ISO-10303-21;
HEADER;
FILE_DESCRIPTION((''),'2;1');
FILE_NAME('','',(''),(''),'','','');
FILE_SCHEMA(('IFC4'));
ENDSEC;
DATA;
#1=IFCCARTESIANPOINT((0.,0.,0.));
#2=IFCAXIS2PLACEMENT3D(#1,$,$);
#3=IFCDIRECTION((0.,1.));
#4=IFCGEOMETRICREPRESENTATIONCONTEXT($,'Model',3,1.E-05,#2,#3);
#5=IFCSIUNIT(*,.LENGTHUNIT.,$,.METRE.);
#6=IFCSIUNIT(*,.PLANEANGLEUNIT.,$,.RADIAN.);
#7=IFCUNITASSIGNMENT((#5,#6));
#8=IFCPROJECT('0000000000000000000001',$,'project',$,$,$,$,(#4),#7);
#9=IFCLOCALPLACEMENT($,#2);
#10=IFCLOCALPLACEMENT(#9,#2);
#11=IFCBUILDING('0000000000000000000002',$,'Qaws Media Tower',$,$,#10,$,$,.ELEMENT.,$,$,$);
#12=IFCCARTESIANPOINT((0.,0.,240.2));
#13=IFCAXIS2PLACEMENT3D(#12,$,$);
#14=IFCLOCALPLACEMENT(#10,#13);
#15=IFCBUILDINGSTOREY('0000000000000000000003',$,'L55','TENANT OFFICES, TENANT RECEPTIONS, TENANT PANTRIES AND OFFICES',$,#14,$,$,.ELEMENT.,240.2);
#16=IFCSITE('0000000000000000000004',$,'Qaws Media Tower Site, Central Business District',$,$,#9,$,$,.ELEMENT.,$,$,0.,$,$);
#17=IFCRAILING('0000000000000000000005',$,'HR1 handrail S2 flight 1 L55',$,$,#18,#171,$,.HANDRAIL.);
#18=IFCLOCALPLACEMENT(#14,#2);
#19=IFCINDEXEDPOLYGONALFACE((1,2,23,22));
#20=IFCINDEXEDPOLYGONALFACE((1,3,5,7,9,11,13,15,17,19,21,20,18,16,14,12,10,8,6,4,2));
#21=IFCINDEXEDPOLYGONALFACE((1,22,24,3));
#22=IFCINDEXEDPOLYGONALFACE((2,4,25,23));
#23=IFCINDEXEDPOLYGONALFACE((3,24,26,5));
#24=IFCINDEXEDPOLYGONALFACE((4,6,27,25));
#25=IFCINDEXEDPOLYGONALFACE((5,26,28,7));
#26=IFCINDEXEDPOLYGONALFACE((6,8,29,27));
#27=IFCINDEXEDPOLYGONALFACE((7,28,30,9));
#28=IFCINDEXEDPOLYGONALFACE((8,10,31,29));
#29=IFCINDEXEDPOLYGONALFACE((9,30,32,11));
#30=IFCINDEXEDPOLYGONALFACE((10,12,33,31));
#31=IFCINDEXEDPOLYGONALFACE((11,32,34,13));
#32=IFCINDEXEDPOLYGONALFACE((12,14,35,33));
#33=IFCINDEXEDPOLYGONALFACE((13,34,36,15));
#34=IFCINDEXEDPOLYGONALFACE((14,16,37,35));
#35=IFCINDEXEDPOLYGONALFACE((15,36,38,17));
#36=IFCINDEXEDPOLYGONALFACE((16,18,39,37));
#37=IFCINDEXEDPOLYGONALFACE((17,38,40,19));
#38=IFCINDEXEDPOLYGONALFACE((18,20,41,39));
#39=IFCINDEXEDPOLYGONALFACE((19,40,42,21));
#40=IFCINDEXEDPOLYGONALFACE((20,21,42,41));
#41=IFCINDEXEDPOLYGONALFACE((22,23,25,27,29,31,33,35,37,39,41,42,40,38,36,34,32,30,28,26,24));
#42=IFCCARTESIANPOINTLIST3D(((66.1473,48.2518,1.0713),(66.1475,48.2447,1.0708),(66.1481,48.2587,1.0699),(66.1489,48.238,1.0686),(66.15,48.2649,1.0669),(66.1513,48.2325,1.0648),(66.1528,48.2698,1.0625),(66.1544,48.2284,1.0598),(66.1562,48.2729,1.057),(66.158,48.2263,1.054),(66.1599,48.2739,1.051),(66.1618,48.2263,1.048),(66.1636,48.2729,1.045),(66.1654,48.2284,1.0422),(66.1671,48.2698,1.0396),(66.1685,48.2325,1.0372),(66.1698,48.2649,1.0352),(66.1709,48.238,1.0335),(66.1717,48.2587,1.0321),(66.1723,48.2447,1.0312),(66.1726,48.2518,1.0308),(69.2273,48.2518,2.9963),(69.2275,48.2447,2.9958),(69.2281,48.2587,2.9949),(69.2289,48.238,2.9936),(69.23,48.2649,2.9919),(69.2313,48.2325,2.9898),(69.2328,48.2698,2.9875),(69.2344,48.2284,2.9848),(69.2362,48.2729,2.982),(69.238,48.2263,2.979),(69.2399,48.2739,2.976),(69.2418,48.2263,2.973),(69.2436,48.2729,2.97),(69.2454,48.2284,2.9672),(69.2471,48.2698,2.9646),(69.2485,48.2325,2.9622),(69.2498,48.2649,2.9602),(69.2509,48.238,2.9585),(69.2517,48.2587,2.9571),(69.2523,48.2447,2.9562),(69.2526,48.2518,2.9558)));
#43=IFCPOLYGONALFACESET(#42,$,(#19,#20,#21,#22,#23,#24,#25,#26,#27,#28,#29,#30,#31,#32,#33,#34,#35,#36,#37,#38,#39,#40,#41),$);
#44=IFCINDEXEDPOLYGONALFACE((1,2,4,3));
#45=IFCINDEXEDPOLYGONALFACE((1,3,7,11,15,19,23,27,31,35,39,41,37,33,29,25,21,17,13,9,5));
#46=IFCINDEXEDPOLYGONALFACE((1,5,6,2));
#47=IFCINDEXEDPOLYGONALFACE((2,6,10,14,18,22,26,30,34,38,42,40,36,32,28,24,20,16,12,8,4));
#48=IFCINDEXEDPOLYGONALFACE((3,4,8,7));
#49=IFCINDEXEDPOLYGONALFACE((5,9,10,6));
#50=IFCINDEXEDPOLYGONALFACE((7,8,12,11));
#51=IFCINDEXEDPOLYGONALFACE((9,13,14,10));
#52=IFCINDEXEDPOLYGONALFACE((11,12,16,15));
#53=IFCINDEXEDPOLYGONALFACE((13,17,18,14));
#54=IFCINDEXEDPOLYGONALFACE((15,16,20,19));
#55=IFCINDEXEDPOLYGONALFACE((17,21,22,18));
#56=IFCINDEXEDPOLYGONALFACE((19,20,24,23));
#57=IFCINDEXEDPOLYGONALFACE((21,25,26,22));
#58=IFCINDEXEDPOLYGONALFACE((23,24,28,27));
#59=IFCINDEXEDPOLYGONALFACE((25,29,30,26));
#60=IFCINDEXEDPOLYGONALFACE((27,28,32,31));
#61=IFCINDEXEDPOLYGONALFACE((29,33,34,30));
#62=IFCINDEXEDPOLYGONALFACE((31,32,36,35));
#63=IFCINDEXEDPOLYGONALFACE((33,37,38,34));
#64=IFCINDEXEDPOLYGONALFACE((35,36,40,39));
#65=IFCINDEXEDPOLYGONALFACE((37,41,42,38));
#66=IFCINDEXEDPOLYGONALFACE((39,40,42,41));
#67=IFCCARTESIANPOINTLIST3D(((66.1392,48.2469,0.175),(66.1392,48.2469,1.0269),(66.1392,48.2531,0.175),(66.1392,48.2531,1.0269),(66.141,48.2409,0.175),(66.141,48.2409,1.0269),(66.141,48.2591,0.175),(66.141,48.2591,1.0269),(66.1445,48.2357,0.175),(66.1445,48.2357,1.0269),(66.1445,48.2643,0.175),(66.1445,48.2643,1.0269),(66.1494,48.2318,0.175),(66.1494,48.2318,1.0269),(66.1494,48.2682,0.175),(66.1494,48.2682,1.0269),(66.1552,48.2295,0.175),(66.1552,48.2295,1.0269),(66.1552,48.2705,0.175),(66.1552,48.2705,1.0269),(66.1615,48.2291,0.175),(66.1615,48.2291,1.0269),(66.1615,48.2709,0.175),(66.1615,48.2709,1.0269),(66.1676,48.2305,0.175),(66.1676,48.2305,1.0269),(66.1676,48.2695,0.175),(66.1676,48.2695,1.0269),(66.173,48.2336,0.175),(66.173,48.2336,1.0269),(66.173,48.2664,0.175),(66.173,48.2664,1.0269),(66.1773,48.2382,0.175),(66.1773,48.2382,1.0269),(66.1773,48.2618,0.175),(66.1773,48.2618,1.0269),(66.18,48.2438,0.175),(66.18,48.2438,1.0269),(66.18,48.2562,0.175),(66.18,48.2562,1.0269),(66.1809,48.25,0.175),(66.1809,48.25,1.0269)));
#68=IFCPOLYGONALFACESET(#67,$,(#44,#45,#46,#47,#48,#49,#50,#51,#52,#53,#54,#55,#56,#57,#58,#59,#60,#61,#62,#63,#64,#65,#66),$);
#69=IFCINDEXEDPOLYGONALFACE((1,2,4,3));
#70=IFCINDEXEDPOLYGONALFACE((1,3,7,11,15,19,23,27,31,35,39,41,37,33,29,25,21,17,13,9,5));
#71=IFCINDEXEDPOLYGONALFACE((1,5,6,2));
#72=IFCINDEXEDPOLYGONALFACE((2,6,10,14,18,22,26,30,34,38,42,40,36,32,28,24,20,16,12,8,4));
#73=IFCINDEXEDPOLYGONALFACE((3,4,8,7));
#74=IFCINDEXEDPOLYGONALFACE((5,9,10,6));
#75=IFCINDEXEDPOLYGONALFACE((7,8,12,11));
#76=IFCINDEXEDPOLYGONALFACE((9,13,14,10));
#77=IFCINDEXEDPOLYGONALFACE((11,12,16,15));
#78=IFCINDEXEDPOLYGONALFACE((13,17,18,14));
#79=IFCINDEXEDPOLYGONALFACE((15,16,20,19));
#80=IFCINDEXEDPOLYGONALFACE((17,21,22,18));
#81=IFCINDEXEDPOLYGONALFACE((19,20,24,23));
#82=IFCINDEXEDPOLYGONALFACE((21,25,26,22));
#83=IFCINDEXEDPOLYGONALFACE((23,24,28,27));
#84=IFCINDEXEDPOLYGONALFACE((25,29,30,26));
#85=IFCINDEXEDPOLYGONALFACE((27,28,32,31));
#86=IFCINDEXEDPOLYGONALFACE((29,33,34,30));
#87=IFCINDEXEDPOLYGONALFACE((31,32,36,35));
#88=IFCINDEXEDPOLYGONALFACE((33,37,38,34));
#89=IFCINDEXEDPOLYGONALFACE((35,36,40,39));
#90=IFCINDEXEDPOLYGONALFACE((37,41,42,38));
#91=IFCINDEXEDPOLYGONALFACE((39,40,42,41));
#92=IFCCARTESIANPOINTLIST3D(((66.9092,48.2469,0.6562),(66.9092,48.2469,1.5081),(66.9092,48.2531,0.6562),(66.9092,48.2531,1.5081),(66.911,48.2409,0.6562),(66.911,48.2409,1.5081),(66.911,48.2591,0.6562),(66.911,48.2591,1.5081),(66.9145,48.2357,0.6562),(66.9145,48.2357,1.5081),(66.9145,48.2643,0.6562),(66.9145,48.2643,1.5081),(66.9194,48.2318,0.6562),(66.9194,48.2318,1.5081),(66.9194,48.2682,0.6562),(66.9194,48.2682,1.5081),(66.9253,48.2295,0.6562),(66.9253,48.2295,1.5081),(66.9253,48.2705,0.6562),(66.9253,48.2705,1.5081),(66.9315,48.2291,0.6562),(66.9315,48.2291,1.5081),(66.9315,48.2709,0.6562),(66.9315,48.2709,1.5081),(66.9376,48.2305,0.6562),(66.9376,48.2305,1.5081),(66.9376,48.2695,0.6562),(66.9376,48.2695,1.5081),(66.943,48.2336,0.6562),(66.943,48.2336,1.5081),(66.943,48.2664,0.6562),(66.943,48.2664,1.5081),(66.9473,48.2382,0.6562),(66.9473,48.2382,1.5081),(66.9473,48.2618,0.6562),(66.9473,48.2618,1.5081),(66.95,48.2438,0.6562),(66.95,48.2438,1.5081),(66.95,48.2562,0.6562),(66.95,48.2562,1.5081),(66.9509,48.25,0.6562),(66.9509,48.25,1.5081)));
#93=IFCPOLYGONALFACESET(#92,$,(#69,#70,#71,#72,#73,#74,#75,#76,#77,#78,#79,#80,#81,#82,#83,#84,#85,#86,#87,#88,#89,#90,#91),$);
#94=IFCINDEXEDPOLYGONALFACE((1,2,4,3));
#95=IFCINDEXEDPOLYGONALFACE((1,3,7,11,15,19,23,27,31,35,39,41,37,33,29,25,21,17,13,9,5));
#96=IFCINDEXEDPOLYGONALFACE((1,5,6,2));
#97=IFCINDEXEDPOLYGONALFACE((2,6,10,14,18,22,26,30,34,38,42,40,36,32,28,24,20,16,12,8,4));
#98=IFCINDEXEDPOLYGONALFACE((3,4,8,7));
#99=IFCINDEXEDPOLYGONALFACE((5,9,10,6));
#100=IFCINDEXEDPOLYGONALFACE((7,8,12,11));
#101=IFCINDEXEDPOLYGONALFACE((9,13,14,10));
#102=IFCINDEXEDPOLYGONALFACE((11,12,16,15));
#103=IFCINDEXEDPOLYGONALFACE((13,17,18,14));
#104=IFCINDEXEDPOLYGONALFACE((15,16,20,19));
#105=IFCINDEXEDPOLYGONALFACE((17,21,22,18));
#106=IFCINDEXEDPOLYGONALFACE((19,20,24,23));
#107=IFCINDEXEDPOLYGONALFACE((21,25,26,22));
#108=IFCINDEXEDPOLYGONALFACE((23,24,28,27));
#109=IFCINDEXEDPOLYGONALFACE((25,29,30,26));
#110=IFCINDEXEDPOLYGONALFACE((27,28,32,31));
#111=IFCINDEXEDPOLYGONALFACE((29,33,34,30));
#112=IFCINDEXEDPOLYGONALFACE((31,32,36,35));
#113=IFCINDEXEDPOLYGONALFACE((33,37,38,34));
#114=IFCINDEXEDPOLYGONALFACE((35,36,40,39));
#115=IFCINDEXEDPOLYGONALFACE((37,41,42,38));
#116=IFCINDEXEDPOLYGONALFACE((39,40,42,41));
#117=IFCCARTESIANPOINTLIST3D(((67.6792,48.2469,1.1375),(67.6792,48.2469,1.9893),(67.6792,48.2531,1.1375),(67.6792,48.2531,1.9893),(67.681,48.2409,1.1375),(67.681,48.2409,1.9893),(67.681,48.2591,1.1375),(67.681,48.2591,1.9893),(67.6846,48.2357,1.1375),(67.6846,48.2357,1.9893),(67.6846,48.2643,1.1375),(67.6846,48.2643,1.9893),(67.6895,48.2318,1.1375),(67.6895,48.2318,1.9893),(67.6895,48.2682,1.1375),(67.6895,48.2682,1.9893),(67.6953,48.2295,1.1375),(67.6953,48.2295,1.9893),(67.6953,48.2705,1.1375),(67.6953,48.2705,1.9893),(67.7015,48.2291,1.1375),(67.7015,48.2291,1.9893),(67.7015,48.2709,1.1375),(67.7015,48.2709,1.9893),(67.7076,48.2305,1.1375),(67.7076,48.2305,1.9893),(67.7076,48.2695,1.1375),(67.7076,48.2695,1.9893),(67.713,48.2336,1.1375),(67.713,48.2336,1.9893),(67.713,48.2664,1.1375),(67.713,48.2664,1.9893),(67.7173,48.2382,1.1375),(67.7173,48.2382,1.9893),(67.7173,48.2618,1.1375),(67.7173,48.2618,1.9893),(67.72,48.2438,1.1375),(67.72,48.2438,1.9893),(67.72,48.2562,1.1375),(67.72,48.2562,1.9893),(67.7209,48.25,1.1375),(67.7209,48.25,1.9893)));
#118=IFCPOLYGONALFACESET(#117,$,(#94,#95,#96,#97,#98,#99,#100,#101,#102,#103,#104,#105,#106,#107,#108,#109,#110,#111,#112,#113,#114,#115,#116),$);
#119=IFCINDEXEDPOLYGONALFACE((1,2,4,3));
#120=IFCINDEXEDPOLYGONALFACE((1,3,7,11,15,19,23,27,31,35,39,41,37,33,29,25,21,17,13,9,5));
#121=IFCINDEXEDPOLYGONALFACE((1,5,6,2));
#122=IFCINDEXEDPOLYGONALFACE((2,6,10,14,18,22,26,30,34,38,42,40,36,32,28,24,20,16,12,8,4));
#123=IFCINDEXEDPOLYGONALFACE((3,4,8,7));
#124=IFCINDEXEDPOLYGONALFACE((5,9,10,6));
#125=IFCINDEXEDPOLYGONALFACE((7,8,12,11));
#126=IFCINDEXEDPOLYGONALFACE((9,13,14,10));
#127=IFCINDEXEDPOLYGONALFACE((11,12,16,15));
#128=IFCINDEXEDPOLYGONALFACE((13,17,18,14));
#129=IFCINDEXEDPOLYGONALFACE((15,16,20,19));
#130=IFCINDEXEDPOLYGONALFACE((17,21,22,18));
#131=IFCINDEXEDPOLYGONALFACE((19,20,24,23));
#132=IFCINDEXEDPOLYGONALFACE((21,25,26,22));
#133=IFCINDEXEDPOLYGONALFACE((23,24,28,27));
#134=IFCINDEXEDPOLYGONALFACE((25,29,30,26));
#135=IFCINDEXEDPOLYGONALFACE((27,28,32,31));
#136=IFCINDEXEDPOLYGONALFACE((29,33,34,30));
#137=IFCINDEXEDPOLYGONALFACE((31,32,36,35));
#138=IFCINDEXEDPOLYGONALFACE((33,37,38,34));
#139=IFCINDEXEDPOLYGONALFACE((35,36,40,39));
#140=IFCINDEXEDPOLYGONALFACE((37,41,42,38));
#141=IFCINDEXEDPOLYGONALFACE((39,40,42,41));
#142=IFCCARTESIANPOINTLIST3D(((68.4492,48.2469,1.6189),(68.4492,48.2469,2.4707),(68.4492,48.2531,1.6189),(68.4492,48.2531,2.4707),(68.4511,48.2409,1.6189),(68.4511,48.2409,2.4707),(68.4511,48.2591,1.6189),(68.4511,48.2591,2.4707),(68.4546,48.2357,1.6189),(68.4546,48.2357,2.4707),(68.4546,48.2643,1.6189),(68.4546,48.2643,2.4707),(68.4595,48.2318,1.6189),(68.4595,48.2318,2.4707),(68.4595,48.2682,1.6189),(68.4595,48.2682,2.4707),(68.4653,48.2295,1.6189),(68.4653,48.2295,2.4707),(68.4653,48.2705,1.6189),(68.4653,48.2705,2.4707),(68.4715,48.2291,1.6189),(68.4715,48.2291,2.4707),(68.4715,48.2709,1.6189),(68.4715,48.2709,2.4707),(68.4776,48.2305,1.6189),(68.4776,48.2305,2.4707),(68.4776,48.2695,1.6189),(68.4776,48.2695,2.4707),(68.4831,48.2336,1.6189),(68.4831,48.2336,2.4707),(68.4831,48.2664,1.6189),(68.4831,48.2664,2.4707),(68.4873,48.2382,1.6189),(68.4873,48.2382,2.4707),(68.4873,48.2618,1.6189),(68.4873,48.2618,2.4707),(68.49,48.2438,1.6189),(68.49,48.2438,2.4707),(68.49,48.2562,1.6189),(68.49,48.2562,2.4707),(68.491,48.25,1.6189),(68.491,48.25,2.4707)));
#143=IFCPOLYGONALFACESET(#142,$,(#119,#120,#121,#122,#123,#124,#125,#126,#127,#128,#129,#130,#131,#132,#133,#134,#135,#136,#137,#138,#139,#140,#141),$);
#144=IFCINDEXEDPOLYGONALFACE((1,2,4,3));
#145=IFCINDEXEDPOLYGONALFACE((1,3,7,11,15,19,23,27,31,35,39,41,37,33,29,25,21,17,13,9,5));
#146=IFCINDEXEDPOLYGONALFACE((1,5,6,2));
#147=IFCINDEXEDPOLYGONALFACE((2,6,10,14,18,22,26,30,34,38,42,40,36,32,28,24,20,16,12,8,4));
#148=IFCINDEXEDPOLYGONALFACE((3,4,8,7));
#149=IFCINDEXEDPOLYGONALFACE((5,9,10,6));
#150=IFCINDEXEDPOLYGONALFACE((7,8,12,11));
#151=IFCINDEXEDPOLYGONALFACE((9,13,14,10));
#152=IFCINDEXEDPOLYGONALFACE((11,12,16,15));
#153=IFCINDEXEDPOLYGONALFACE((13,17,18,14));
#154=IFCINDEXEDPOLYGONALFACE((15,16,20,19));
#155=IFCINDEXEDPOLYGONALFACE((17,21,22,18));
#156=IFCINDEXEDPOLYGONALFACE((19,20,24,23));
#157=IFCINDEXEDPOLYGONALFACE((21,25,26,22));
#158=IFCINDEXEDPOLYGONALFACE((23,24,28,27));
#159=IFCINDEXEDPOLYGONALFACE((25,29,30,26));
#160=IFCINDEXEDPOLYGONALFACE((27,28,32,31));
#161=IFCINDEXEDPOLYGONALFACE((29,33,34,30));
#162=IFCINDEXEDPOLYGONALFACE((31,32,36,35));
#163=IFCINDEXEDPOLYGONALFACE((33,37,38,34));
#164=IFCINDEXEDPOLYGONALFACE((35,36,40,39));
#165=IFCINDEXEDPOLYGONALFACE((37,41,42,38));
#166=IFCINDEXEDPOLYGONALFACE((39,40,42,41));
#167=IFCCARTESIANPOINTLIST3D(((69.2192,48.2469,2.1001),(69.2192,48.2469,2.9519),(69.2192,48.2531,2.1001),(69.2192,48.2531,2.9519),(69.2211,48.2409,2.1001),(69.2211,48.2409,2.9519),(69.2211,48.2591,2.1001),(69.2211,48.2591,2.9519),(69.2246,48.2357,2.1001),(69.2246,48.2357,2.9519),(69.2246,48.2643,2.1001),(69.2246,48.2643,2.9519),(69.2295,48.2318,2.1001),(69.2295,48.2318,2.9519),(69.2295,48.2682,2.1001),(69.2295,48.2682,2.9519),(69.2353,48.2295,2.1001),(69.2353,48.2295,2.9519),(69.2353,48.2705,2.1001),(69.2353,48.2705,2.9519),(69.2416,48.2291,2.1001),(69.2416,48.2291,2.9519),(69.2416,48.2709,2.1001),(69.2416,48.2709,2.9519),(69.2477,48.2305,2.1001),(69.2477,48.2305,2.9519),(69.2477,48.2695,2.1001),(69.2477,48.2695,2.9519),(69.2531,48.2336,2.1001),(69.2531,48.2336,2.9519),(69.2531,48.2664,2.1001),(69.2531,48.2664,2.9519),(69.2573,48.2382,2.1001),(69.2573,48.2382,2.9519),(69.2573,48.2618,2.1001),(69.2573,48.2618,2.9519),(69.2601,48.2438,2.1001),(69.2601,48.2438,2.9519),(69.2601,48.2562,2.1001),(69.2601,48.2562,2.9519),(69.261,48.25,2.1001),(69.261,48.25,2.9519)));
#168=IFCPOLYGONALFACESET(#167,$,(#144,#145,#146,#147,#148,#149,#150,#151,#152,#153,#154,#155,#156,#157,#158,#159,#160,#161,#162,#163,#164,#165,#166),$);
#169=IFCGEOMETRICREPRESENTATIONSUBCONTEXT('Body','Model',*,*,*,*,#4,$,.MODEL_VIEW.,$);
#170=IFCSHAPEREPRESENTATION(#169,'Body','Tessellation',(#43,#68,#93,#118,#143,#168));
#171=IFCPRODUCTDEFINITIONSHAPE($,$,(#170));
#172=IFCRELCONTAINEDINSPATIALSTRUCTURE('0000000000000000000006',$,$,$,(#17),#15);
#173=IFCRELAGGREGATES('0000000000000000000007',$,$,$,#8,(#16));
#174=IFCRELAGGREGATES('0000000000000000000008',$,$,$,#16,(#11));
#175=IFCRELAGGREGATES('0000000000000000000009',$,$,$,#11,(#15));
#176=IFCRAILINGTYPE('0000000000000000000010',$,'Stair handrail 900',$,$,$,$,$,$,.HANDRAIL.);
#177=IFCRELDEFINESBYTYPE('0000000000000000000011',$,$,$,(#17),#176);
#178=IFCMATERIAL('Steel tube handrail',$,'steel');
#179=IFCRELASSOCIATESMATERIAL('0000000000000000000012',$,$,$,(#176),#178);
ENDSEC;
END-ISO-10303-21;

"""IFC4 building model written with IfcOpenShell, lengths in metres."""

from ifc_helpers import new_model, si_unit, direction, frame, origin, origin_2d, place, context, subcontext, project, spatial, circle, extrude, material, type_object, element, save


model = new_model("IFC4")

# Units and contexts
model_context = context("Model", 3, precision=1e-05, world=origin(), true_north=direction((0.0, 1.0)))
body_context = subcontext(model_context, "Body", "Model", "MODEL_VIEW")
ifc_project = project(units=[si_unit("LENGTHUNIT", "METRE"), si_unit("PLANEANGLEUNIT", "RADIAN")], contexts=[model_context])

# Site, building, storey
site_placement = place(None, origin())
site = spatial("IfcSite", under=ifc_project, at=site_placement, Name="Qaws Media Tower Site, Central Business District", CompositionType="ELEMENT", RefElevation=0.0)
building_placement = place(site_placement, origin())
building = spatial("IfcBuilding", under=site, at=building_placement, Name="Qaws Media Tower", CompositionType="ELEMENT")
storey_placement = place(building_placement, frame((0.0, 0.0, 240.2)))
storey = spatial("IfcBuildingStorey", under=building, at=storey_placement, Name="L55", Description="TENANT OFFICES, TENANT RECEPTIONS, TENANT PANTRIES AND OFFICES", CompositionType="ELEMENT", Elevation=240.2)

# Railing
ifc_material_1 = material(Name="Steel tube handrail", Category="steel")
railing_type = type_object("IfcRailingType", Name="Stair handrail 900", PredefinedType="HANDRAIL", material=ifc_material_1)
for number, where, name in (
    (1, (66.1599, 48.25, 0.175), "HR1 handrail S2 flight 1 L55"),
):
    element("IfcRailing", number, at=place(storey_placement, frame(where)), inside=storey, type_object=railing_type, Name=name, PredefinedType="HANDRAIL", context=body_context, shape_type="SweptSolid", body=[
        extrude(circle(Radius=0.0239, at=origin_2d()), frame((0.0, 0.0, 0.876), z_axis=(0.847998, 0.0, 0.529999), x_axis=(0.0, 1.0, 0.0)), (0.0, 0.0, 1.0), 3.6321),
        extrude(circle(Radius=0.021, at=origin_2d()), origin(), (0.0, 0.0, 1.0), 0.8518),
        extrude(circle(Radius=0.021, at=origin_2d()), frame((0.77, 0.0, 0.4812)), (0.0, 0.0, 1.0), 0.8518),
        extrude(circle(Radius=0.021, at=origin_2d()), frame((1.54, 0.0, 0.9624)), (0.0, 0.0, 1.0), 0.8518),
        extrude(circle(Radius=0.021, at=origin_2d()), frame((2.3101, 0.0, 1.4438)), (0.0, 0.0, 1.0), 0.8518),
        extrude(circle(Radius=0.021, at=origin_2d()), frame((3.0801, 0.0, 1.925)), (0.0, 0.0, 1.0), 0.8518),
    ])

save(model, "model.ifc")
